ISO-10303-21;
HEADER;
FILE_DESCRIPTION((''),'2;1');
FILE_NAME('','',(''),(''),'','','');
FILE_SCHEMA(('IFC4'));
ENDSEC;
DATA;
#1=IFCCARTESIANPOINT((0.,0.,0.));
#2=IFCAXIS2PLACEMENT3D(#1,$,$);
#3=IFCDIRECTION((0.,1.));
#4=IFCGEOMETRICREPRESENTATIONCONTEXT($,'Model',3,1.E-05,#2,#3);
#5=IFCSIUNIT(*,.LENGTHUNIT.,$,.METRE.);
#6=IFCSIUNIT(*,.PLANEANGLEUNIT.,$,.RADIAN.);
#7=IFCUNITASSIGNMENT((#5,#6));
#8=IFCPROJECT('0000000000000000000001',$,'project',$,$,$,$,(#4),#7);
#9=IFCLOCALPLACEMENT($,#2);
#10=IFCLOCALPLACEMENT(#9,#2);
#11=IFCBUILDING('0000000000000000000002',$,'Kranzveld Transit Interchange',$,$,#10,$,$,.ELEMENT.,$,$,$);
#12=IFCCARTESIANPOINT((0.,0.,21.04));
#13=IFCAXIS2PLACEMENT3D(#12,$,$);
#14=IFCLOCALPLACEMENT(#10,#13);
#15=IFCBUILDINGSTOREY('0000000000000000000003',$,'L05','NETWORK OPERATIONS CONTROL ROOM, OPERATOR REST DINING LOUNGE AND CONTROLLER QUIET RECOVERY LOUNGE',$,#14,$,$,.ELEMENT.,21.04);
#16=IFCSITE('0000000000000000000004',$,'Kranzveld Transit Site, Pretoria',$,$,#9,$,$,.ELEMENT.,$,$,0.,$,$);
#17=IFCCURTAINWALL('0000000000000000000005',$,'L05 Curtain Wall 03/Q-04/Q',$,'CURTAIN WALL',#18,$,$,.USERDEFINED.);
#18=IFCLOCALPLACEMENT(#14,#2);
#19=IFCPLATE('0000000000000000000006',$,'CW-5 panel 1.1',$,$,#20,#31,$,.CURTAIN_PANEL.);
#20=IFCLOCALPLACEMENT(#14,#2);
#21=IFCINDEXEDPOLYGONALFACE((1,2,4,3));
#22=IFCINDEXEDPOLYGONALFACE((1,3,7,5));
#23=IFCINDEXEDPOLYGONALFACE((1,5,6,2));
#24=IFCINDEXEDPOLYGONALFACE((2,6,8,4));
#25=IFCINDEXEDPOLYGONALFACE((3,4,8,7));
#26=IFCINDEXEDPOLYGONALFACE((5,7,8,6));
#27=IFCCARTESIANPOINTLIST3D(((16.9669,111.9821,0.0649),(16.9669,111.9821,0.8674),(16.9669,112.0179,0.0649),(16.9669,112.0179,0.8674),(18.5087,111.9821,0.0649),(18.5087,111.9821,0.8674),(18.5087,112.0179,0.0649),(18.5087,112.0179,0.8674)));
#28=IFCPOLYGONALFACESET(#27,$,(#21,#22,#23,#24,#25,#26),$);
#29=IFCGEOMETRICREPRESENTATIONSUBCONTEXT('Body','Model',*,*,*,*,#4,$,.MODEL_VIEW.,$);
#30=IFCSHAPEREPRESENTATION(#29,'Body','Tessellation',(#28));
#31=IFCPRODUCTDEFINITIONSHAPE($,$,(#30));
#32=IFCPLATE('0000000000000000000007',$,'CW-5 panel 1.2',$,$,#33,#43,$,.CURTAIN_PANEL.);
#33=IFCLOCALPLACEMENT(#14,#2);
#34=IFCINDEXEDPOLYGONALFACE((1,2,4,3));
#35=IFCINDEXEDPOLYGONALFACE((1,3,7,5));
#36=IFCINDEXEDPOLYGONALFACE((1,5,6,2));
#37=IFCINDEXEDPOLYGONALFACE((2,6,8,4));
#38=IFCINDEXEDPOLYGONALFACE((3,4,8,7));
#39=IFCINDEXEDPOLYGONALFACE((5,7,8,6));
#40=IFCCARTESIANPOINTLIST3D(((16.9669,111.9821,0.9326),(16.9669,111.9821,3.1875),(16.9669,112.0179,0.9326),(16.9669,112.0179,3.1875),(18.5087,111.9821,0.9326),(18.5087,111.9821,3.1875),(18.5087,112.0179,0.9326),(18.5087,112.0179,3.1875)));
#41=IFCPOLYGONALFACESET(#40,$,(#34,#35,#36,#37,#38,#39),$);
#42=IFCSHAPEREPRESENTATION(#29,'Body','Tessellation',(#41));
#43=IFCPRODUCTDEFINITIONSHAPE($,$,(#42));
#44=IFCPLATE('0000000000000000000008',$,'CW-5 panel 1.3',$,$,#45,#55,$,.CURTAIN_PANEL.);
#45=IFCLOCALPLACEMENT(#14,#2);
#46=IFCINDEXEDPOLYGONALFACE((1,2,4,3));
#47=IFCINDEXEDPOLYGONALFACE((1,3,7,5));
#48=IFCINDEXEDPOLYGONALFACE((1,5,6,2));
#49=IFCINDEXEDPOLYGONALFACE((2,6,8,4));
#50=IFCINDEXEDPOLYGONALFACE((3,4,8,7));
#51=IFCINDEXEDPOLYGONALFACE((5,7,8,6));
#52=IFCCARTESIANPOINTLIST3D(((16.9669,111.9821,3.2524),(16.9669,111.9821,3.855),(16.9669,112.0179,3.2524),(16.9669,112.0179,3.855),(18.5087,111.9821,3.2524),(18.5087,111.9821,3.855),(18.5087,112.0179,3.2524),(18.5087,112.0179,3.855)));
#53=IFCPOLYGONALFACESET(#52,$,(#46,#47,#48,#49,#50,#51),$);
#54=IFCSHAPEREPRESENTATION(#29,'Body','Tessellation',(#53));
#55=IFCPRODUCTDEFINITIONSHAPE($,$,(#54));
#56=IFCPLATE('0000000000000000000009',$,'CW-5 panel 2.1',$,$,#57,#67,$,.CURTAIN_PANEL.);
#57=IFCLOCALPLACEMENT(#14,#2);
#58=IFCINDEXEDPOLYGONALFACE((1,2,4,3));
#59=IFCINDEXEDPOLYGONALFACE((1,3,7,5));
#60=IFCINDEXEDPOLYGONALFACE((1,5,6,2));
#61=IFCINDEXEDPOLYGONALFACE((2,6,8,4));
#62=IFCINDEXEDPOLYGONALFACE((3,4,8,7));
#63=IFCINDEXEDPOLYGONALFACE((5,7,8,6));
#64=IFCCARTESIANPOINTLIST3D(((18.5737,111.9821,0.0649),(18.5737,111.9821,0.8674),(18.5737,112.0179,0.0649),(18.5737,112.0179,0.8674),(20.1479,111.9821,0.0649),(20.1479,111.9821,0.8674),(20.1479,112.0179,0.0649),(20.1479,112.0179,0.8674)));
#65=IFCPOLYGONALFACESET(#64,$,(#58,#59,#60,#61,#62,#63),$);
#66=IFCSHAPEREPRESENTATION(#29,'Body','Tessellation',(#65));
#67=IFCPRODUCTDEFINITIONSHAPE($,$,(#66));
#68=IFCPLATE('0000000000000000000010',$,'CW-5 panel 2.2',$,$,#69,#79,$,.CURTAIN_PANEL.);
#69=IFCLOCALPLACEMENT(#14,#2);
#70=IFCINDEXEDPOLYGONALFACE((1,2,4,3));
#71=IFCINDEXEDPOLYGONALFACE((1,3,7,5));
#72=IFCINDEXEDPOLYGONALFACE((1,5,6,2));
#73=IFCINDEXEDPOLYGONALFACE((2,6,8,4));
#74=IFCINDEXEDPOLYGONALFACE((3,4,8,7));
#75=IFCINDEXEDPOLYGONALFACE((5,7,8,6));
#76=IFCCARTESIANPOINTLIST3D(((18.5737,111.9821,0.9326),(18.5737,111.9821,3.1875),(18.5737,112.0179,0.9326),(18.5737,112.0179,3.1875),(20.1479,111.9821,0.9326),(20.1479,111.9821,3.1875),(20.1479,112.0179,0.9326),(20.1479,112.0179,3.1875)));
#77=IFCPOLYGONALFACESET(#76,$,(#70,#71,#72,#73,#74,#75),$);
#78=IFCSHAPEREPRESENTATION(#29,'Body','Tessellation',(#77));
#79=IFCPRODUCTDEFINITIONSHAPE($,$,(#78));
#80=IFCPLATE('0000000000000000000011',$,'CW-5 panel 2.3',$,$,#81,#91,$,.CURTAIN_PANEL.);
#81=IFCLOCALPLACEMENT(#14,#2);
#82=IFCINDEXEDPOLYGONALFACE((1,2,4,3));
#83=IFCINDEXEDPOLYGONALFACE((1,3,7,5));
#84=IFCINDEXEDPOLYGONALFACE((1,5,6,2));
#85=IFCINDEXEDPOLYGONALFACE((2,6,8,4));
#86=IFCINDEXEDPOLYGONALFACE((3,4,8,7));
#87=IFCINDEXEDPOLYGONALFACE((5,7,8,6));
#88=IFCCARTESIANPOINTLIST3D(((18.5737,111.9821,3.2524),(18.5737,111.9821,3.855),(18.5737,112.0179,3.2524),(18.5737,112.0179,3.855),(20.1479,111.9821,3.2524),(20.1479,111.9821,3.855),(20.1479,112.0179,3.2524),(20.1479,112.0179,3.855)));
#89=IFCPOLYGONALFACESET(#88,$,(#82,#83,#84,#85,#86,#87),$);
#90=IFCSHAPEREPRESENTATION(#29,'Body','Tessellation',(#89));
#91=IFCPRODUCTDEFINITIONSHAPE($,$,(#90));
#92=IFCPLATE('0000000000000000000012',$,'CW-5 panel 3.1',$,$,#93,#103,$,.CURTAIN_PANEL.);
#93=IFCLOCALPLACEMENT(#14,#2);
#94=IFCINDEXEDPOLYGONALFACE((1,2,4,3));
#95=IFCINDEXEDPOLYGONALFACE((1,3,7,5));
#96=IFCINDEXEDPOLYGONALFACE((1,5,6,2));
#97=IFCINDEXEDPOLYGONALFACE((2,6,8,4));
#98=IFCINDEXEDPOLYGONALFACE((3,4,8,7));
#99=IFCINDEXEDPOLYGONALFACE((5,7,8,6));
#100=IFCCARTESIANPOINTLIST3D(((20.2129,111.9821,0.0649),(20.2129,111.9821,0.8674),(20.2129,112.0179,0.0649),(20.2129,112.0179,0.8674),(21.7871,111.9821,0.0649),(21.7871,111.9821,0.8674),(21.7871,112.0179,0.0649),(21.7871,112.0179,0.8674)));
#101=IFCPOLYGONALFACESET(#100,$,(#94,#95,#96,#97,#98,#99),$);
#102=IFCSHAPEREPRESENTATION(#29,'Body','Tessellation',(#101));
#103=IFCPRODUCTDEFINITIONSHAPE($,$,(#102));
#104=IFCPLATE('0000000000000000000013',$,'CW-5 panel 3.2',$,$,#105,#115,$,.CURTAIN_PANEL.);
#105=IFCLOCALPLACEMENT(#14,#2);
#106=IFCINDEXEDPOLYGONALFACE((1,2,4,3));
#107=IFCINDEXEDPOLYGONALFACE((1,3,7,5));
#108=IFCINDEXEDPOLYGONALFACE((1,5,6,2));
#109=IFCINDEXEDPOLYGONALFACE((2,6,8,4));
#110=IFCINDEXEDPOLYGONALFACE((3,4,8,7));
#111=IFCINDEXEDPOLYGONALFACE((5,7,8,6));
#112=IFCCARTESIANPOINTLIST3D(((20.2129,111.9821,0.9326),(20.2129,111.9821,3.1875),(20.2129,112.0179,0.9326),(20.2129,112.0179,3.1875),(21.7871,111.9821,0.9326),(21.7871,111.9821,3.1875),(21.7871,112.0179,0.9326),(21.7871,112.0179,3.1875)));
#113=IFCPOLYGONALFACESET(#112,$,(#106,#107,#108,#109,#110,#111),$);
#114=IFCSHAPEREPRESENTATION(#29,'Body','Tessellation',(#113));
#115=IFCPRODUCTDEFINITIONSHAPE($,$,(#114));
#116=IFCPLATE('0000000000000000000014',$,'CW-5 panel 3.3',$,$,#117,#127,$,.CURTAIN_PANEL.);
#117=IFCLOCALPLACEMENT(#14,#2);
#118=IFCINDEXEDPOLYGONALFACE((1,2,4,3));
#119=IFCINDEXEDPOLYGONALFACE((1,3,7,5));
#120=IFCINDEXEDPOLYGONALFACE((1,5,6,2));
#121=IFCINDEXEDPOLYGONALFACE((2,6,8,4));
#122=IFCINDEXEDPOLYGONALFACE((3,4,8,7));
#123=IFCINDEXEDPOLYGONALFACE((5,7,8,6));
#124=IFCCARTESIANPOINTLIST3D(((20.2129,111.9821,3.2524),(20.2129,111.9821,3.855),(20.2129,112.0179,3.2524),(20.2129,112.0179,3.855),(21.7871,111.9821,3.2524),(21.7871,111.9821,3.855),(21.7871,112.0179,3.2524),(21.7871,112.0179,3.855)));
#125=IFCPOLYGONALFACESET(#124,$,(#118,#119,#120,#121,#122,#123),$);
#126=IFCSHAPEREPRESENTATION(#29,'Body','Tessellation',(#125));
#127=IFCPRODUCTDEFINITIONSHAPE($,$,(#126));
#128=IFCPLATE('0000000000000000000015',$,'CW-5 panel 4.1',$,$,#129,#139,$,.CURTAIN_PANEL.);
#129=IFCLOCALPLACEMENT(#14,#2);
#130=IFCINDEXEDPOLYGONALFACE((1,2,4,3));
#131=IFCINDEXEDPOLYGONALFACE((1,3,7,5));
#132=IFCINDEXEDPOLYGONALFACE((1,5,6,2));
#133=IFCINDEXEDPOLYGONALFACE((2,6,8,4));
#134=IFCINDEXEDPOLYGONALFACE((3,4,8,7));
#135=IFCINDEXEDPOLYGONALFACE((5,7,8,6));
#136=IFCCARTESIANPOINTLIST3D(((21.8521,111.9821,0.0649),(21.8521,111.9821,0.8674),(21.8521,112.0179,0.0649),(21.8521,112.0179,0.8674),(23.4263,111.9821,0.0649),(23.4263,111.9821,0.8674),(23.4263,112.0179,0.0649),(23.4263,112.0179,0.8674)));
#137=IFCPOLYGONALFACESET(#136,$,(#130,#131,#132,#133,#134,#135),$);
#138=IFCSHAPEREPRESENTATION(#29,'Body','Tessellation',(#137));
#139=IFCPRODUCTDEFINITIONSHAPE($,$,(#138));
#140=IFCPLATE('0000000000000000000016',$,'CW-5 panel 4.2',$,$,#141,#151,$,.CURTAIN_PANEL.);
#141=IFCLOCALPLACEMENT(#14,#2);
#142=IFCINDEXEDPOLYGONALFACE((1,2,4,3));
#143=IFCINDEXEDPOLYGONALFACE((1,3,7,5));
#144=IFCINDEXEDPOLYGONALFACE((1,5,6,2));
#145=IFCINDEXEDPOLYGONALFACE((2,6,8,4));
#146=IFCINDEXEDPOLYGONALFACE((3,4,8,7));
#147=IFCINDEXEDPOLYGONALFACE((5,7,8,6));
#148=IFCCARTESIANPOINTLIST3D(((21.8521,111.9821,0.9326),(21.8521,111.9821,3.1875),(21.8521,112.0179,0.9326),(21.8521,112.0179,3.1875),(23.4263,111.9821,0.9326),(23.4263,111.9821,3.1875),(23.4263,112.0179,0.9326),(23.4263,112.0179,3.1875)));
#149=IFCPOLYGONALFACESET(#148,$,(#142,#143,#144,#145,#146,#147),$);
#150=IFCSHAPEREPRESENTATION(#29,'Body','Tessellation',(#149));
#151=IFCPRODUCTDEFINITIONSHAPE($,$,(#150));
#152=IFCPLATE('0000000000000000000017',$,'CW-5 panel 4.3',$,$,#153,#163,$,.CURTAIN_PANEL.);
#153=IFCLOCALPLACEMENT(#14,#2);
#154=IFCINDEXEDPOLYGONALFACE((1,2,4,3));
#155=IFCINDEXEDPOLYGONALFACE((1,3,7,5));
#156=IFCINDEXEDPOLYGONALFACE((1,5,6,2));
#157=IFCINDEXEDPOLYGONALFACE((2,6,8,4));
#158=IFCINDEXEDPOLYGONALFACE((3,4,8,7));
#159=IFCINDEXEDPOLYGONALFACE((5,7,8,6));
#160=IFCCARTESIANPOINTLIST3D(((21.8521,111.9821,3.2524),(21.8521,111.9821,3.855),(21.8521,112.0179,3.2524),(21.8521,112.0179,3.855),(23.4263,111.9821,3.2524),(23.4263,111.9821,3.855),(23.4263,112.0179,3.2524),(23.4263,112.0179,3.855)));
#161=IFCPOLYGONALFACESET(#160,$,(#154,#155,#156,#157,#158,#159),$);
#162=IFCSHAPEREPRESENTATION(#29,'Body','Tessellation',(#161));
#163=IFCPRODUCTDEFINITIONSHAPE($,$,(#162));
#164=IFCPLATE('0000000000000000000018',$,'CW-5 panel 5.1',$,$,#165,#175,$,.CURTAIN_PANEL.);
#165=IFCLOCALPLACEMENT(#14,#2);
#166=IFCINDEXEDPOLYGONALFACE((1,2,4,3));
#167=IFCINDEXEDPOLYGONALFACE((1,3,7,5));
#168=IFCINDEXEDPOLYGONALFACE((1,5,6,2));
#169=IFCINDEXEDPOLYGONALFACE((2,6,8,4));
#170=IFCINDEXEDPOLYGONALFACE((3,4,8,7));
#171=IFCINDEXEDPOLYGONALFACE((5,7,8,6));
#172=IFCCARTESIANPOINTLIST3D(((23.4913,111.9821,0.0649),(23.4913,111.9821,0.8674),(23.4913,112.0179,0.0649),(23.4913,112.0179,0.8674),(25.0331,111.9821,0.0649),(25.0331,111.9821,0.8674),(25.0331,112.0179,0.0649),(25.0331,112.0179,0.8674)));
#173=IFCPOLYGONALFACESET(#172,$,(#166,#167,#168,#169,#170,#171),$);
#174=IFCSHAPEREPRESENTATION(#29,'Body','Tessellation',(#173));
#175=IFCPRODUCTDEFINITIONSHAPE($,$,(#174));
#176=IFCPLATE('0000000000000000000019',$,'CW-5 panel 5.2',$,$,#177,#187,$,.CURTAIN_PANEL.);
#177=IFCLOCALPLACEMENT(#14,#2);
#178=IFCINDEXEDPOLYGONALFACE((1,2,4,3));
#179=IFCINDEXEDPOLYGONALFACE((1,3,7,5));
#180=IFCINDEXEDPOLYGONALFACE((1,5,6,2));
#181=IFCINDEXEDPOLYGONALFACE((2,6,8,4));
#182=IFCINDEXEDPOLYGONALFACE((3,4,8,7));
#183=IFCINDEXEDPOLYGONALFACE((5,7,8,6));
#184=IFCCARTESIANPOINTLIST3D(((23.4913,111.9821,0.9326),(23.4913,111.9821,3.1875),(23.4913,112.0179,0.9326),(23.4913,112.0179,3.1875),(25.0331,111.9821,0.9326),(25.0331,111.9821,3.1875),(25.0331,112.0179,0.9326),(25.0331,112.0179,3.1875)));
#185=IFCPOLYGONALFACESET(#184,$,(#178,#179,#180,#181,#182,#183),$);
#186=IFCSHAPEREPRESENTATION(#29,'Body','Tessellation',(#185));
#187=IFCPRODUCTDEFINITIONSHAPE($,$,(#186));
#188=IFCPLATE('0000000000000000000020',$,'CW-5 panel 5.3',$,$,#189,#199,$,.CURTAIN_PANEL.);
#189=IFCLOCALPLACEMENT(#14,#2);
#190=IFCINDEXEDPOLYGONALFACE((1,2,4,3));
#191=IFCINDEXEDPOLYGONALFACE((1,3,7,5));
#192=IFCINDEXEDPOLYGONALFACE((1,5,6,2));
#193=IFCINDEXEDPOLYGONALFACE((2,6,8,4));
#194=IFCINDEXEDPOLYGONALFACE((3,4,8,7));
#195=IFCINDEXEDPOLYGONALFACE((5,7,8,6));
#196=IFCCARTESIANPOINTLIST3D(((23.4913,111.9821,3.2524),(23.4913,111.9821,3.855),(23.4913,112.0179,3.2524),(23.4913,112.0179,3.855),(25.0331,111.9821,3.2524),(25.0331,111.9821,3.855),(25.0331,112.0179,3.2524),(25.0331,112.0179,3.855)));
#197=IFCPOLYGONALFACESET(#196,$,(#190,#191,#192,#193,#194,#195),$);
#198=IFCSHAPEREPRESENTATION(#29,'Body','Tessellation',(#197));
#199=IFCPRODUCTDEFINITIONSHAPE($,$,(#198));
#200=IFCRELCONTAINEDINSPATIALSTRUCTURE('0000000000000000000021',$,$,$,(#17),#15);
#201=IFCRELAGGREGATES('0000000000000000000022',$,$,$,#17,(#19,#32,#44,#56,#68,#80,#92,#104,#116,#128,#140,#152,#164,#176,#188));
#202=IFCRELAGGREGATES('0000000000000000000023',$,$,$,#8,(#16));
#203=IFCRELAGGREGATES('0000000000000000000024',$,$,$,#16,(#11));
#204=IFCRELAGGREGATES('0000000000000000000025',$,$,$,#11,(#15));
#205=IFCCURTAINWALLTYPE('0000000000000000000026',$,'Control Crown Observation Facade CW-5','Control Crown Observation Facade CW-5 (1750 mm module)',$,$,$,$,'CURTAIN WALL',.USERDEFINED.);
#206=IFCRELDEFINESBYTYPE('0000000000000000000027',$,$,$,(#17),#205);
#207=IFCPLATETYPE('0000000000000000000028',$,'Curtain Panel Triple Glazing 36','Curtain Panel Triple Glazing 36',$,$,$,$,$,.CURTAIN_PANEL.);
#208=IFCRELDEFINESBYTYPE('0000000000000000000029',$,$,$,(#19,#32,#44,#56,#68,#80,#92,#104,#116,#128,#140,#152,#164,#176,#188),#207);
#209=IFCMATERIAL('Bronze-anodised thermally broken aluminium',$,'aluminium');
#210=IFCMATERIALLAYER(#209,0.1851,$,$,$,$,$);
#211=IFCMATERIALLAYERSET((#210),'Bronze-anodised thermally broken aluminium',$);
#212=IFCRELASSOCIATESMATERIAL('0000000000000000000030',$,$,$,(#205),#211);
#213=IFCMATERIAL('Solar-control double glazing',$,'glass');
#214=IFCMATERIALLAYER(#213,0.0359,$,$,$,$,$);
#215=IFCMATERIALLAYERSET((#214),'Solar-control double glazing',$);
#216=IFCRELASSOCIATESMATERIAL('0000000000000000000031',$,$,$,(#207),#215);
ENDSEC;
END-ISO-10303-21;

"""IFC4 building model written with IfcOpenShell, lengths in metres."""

from ifc_helpers import new_model, si_unit, direction, frame, origin, origin_2d, place, context, subcontext, project, spatial, rectangle, extrude, material, layer, layer_set, type_object, element, aggregate, save


model = new_model("IFC4")

# Units and contexts
model_context = context("Model", 3, precision=1e-05, world=origin(), true_north=direction((0.0, 1.0)))
body_context = subcontext(model_context, "Body", "Model", "MODEL_VIEW")
ifc_project = project(units=[si_unit("LENGTHUNIT", "METRE"), si_unit("PLANEANGLEUNIT", "RADIAN")], contexts=[model_context])

# Site, building, storey
site_placement = place(None, origin())
site = spatial("IfcSite", under=ifc_project, at=site_placement, Name="Kranzveld Transit Site, Pretoria", CompositionType="ELEMENT", RefElevation=0.0)
building_placement = place(site_placement, origin())
building = spatial("IfcBuilding", under=site, at=building_placement, Name="Kranzveld Transit Interchange", CompositionType="ELEMENT")
storey_placement = place(building_placement, frame((0.0, 0.0, 21.04)))
storey = spatial("IfcBuildingStorey", under=building, at=storey_placement, Name="L05", Description="NETWORK OPERATIONS CONTROL ROOM, OPERATOR REST DINING LOUNGE AND CONTROLLER QUIET RECOVERY LOUNGE", CompositionType="ELEMENT", Elevation=21.04)

# Curtain wall, plates
ifc_material_1 = material(Name="Bronze-anodised thermally broken aluminium", Category="aluminium")
ifc_layer_1 = layer(ifc_material_1, 0.1851)
ifc_layer_set_1 = layer_set([ifc_layer_1], Name="Bronze-anodised thermally broken aluminium")
curtain_wall_type = type_object("IfcCurtainWallType", Name="Control Crown Observation Facade CW-5", Description="Control Crown Observation Facade CW-5 (1750 mm module)", ElementType="CURTAIN WALL", PredefinedType="USERDEFINED", material=ifc_layer_set_1)
curtain_wall_placement = place(storey_placement, origin())
curtain_wall = element("IfcCurtainWall", 1, at=curtain_wall_placement, inside=storey, type_object=curtain_wall_type, Name="L05 Curtain Wall 03/Q-04/Q", ObjectType="CURTAIN WALL", PredefinedType="USERDEFINED")
ifc_material_2 = material(Name="Solar-control double glazing", Category="glass")
ifc_layer_2 = layer(ifc_material_2, 0.0359)
ifc_layer_set_2 = layer_set([ifc_layer_2], Name="Solar-control double glazing")
plate_type = type_object("IfcPlateType", Name="Curtain Panel Triple Glazing 36", Description="Curtain Panel Triple Glazing 36", PredefinedType="CURTAIN_PANEL", material=ifc_layer_set_2)
plate_1_placement = place(storey_placement, frame((17.7378, 112.0, 0.0649), z_axis=(0.0, 0.0, 1.0), x_axis=(1.0, 0.0, 0.0)))
plate_1 = element("IfcPlate", 2, at=plate_1_placement, type_object=plate_type, Name="CW-5 panel 1.1", PredefinedType="CURTAIN_PANEL", context=body_context, shape_type="SweptSolid", body=[
    extrude(rectangle(XDim=1.5417, YDim=0.0359, at=origin_2d()), origin(), (0.0, 0.0, 1.0), 0.8025),
])
plate_2_placement = place(storey_placement, frame((17.7378, 112.0, 0.9326), z_axis=(0.0, 0.0, 1.0), x_axis=(1.0, 0.0, 0.0)))
plate_2 = element("IfcPlate", 3, at=plate_2_placement, type_object=plate_type, Name="CW-5 panel 1.2", PredefinedType="CURTAIN_PANEL", context=body_context, shape_type="SweptSolid", body=[
    extrude(rectangle(XDim=1.5417, YDim=0.0359, at=origin_2d()), origin(), (0.0, 0.0, 1.0), 2.2549),
])
plate_3_placement = place(storey_placement, frame((17.7378, 112.0, 3.2524), z_axis=(0.0, 0.0, 1.0), x_axis=(1.0, 0.0, 0.0)))
plate_3 = element("IfcPlate", 4, at=plate_3_placement, type_object=plate_type, Name="CW-5 panel 1.3", PredefinedType="CURTAIN_PANEL", context=body_context, shape_type="SweptSolid", body=[
    extrude(rectangle(XDim=1.5417, YDim=0.0359, at=origin_2d()), origin(), (0.0, 0.0, 1.0), 0.6025),
])
plate_4_placement = place(storey_placement, frame((19.3608, 112.0, 0.0649), z_axis=(0.0, 0.0, 1.0), x_axis=(1.0, 0.0, 0.0)))
plate_4 = element("IfcPlate", 5, at=plate_4_placement, type_object=plate_type, Name="CW-5 panel 2.1", PredefinedType="CURTAIN_PANEL", context=body_context, shape_type="SweptSolid", body=[
    extrude(rectangle(XDim=1.5742, YDim=0.0359, at=origin_2d()), origin(), (0.0, 0.0, 1.0), 0.8025),
])
plate_5_placement = place(storey_placement, frame((19.3608, 112.0, 0.9326), z_axis=(0.0, 0.0, 1.0), x_axis=(1.0, 0.0, 0.0)))
plate_5 = element("IfcPlate", 6, at=plate_5_placement, type_object=plate_type, Name="CW-5 panel 2.2", PredefinedType="CURTAIN_PANEL", context=body_context, shape_type="SweptSolid", body=[
    extrude(rectangle(XDim=1.5742, YDim=0.0359, at=origin_2d()), origin(), (0.0, 0.0, 1.0), 2.2549),
])
plate_6_placement = place(storey_placement, frame((19.3608, 112.0, 3.2524), z_axis=(0.0, 0.0, 1.0), x_axis=(1.0, 0.0, 0.0)))
plate_6 = element("IfcPlate", 7, at=plate_6_placement, type_object=plate_type, Name="CW-5 panel 2.3", PredefinedType="CURTAIN_PANEL", context=body_context, shape_type="SweptSolid", body=[
    extrude(rectangle(XDim=1.5742, YDim=0.0359, at=origin_2d()), origin(), (0.0, 0.0, 1.0), 0.6025),
])
plate_7_placement = place(storey_placement, frame((21.0, 112.0, 0.0649), z_axis=(0.0, 0.0, 1.0), x_axis=(1.0, 0.0, 0.0)))
plate_7 = element("IfcPlate", 8, at=plate_7_placement, type_object=plate_type, Name="CW-5 panel 3.1", PredefinedType="CURTAIN_PANEL", context=body_context, shape_type="SweptSolid", body=[
    extrude(rectangle(XDim=1.5742, YDim=0.0359, at=origin_2d()), origin(), (0.0, 0.0, 1.0), 0.8025),
])
plate_8_placement = place(storey_placement, frame((21.0, 112.0, 0.9326), z_axis=(0.0, 0.0, 1.0), x_axis=(1.0, 0.0, 0.0)))
plate_8 = element("IfcPlate", 9, at=plate_8_placement, type_object=plate_type, Name="CW-5 panel 3.2", PredefinedType="CURTAIN_PANEL", context=body_context, shape_type="SweptSolid", body=[
    extrude(rectangle(XDim=1.5742, YDim=0.0359, at=origin_2d()), origin(), (0.0, 0.0, 1.0), 2.2549),
])
plate_9_placement = place(storey_placement, frame((21.0, 112.0, 3.2524), z_axis=(0.0, 0.0, 1.0), x_axis=(1.0, 0.0, 0.0)))
plate_9 = element("IfcPlate", 10, at=plate_9_placement, type_object=plate_type, Name="CW-5 panel 3.3", PredefinedType="CURTAIN_PANEL", context=body_context, shape_type="SweptSolid", body=[
    extrude(rectangle(XDim=1.5742, YDim=0.0359, at=origin_2d()), origin(), (0.0, 0.0, 1.0), 0.6025),
])
plate_10_placement = place(storey_placement, frame((22.6392, 112.0, 0.0649), z_axis=(0.0, 0.0, 1.0), x_axis=(1.0, 0.0, 0.0)))
plate_10 = element("IfcPlate", 11, at=plate_10_placement, type_object=plate_type, Name="CW-5 panel 4.1", PredefinedType="CURTAIN_PANEL", context=body_context, shape_type="SweptSolid", body=[
    extrude(rectangle(XDim=1.5742, YDim=0.0359, at=origin_2d()), origin(), (0.0, 0.0, 1.0), 0.8025),
])
plate_11_placement = place(storey_placement, frame((22.6392, 112.0, 0.9326), z_axis=(0.0, 0.0, 1.0), x_axis=(1.0, 0.0, 0.0)))
plate_11 = element("IfcPlate", 12, at=plate_11_placement, type_object=plate_type, Name="CW-5 panel 4.2", PredefinedType="CURTAIN_PANEL", context=body_context, shape_type="SweptSolid", body=[
    extrude(rectangle(XDim=1.5742, YDim=0.0359, at=origin_2d()), origin(), (0.0, 0.0, 1.0), 2.2549),
])
plate_12_placement = place(storey_placement, frame((22.6392, 112.0, 3.2524), z_axis=(0.0, 0.0, 1.0), x_axis=(1.0, 0.0, 0.0)))
plate_12 = element("IfcPlate", 13, at=plate_12_placement, type_object=plate_type, Name="CW-5 panel 4.3", PredefinedType="CURTAIN_PANEL", context=body_context, shape_type="SweptSolid", body=[
    extrude(rectangle(XDim=1.5742, YDim=0.0359, at=origin_2d()), origin(), (0.0, 0.0, 1.0), 0.6025),
])
plate_13_placement = place(storey_placement, frame((24.2622, 112.0, 0.0649), z_axis=(0.0, 0.0, 1.0), x_axis=(1.0, 0.0, 0.0)))
plate_13 = element("IfcPlate", 14, at=plate_13_placement, type_object=plate_type, Name="CW-5 panel 5.1", PredefinedType="CURTAIN_PANEL", context=body_context, shape_type="SweptSolid", body=[
    extrude(rectangle(XDim=1.5417, YDim=0.0359, at=origin_2d()), origin(), (0.0, 0.0, 1.0), 0.8025),
])
plate_14_placement = place(storey_placement, frame((24.2622, 112.0, 0.9326), z_axis=(0.0, 0.0, 1.0), x_axis=(1.0, 0.0, 0.0)))
plate_14 = element("IfcPlate", 15, at=plate_14_placement, type_object=plate_type, Name="CW-5 panel 5.2", PredefinedType="CURTAIN_PANEL", context=body_context, shape_type="SweptSolid", body=[
    extrude(rectangle(XDim=1.5417, YDim=0.0359, at=origin_2d()), origin(), (0.0, 0.0, 1.0), 2.2549),
])
plate_15_placement = place(storey_placement, frame((24.2622, 112.0, 3.2524), z_axis=(0.0, 0.0, 1.0), x_axis=(1.0, 0.0, 0.0)))
plate_15 = element("IfcPlate", 16, at=plate_15_placement, type_object=plate_type, Name="CW-5 panel 5.3", PredefinedType="CURTAIN_PANEL", context=body_context, shape_type="SweptSolid", body=[
    extrude(rectangle(XDim=1.5417, YDim=0.0359, at=origin_2d()), origin(), (0.0, 0.0, 1.0), 0.6025),
])
aggregate(curtain_wall, [plate_1, plate_2, plate_3, plate_4, plate_5, plate_6, plate_7, plate_8, plate_9, plate_10, plate_11, plate_12, plate_13, plate_14, plate_15])

save(model, "model.ifc")
